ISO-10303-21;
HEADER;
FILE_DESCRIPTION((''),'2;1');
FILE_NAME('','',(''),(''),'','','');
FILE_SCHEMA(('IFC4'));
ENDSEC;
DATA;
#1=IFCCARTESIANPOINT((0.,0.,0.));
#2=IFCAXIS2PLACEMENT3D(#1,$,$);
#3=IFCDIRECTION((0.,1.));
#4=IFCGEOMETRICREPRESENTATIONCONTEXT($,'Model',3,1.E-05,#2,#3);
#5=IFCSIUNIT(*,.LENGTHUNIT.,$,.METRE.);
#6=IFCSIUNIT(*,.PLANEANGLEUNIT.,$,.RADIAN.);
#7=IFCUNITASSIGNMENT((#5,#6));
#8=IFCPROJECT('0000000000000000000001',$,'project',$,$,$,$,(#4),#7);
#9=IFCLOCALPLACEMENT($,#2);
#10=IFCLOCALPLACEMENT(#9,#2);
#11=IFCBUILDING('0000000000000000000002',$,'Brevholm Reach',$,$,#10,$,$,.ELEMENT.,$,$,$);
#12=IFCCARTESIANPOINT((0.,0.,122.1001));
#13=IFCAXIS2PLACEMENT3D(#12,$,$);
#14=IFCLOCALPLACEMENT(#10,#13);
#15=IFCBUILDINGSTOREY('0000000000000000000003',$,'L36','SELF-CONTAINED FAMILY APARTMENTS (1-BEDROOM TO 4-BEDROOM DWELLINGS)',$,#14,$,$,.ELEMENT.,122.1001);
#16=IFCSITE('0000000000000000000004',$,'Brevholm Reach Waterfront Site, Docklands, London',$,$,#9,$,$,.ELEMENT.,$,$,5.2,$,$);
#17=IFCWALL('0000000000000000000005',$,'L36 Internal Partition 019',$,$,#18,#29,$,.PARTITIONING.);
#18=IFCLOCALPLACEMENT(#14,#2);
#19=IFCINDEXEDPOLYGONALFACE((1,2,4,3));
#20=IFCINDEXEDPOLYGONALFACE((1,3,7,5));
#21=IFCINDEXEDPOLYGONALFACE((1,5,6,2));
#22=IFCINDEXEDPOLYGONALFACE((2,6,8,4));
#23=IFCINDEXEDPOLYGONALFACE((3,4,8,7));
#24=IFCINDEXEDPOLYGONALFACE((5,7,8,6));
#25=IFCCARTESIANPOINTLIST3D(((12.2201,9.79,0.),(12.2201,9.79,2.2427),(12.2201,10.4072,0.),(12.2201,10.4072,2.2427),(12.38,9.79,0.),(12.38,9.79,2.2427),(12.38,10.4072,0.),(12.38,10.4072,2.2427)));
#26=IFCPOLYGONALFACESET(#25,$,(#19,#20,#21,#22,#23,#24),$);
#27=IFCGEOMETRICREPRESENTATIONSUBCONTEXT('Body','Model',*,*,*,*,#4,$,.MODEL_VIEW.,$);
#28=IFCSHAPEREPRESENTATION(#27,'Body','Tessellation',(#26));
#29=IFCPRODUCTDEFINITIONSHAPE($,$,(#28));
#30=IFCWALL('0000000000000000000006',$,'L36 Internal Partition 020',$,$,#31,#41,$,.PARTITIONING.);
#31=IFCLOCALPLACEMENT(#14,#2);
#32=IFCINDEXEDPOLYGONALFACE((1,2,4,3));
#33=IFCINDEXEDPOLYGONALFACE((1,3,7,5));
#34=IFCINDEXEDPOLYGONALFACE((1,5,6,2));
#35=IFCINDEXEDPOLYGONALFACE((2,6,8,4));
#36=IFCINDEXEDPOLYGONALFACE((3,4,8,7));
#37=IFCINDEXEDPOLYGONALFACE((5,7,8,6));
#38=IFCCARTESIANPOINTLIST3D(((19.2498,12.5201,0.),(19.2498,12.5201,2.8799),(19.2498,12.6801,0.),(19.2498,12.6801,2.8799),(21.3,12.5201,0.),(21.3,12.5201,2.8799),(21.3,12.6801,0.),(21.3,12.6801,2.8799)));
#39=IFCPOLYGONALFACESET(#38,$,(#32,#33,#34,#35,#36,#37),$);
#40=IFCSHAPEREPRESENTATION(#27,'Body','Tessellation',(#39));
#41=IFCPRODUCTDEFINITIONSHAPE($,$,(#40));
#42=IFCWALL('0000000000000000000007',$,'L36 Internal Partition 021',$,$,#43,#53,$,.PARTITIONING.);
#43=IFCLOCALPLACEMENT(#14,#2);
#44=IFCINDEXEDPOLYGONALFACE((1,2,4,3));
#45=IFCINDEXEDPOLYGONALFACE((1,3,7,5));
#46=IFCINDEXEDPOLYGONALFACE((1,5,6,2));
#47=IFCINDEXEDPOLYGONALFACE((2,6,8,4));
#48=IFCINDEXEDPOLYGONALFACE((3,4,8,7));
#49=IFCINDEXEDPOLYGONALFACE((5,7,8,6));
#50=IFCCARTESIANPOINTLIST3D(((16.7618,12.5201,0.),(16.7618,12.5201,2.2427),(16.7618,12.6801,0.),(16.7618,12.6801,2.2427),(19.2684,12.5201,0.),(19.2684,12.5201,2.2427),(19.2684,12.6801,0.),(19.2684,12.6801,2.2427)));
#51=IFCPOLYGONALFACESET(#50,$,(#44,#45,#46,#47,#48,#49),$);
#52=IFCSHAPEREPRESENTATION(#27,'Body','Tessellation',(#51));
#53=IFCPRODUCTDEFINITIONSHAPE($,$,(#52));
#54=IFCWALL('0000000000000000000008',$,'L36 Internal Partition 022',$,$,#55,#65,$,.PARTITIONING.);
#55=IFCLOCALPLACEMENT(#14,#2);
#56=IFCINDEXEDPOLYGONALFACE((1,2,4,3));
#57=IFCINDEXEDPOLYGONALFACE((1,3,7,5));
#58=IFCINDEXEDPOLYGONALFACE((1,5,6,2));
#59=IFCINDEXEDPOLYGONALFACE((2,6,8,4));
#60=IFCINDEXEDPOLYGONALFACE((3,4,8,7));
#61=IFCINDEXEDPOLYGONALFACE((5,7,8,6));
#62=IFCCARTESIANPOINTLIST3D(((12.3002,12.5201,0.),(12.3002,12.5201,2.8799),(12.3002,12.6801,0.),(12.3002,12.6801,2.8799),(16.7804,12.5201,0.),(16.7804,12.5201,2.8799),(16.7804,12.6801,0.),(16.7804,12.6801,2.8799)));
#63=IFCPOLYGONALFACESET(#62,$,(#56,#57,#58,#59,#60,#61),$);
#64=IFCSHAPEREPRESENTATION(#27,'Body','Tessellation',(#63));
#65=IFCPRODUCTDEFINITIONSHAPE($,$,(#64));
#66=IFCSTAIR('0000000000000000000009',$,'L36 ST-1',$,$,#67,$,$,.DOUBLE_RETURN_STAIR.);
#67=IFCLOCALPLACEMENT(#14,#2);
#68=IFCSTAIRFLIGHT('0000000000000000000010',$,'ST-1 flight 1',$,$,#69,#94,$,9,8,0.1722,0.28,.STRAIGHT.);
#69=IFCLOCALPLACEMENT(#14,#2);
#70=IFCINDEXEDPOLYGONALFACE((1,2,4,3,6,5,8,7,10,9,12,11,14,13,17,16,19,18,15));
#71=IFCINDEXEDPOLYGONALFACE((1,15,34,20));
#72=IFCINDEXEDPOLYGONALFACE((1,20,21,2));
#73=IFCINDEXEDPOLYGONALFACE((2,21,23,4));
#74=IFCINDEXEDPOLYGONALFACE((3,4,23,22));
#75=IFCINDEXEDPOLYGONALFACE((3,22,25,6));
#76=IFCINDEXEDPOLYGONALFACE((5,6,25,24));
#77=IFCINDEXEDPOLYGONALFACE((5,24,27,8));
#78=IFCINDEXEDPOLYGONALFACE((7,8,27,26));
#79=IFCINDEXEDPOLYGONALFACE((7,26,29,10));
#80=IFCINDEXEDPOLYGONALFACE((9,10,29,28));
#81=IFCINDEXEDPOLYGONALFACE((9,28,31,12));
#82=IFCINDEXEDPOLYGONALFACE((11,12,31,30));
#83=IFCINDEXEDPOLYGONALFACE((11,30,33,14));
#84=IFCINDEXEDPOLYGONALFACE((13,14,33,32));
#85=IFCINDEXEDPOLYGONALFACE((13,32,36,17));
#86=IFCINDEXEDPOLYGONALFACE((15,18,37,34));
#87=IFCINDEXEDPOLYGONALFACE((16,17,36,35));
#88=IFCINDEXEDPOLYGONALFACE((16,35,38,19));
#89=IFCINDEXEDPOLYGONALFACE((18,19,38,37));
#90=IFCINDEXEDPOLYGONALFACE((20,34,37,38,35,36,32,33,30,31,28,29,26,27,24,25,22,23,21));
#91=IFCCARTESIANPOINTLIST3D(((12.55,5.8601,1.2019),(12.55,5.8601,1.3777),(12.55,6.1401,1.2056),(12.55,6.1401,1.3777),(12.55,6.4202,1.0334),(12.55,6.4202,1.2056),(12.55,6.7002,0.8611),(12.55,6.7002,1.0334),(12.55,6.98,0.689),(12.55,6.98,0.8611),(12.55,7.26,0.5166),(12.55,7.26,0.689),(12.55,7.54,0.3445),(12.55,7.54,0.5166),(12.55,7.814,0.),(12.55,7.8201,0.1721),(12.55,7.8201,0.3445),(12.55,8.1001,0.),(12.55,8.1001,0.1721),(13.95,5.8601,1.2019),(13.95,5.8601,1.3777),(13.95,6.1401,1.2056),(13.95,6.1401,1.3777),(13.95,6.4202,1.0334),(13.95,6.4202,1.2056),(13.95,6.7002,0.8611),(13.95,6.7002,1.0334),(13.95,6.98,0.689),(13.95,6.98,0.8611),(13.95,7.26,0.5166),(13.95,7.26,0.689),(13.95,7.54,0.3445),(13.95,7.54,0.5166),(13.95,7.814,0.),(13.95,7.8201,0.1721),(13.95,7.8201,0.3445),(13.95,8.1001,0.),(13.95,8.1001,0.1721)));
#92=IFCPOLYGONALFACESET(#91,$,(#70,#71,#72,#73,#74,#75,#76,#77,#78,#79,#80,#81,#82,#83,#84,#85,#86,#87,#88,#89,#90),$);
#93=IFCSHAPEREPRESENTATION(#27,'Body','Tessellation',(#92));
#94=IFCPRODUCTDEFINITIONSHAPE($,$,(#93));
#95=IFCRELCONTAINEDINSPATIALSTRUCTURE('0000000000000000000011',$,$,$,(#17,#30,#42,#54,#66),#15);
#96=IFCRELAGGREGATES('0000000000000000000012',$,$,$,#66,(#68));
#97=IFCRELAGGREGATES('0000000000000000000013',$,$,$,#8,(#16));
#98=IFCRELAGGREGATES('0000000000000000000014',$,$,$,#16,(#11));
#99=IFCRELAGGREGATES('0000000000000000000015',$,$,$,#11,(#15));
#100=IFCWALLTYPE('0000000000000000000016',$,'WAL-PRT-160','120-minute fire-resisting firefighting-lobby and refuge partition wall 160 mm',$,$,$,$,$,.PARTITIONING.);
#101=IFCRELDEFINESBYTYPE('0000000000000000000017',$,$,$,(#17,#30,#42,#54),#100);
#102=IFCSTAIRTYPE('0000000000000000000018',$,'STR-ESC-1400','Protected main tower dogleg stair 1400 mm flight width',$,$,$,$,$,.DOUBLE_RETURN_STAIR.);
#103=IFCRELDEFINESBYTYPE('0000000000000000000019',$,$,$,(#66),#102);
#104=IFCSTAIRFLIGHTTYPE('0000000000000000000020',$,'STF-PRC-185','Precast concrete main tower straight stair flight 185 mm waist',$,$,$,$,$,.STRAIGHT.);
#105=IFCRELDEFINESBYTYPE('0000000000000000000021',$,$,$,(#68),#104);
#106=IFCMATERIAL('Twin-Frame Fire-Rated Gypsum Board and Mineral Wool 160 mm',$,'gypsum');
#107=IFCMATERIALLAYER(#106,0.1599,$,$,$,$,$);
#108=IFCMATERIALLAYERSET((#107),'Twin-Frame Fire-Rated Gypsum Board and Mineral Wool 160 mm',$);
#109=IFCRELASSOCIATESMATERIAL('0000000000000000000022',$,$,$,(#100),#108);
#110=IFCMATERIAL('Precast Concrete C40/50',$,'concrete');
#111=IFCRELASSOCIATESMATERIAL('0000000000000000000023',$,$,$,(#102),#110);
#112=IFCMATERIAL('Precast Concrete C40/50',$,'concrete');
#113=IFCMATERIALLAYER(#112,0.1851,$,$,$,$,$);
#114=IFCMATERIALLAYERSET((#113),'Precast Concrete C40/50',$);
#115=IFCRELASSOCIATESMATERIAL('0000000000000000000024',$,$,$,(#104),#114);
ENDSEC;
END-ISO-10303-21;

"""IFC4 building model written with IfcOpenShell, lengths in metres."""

from ifc_helpers import new_model, si_unit, direction, frame, frame_2d, origin, place, context, subcontext, project, spatial, polyline, rectangle, outline, extrude, material, layer, layer_set, type_object, element, aggregate, save


model = new_model("IFC4")

# Units and contexts
model_context = context("Model", 3, precision=1e-05, world=origin(), true_north=direction((0.0, 1.0)))
body_context = subcontext(model_context, "Body", "Model", "MODEL_VIEW")
ifc_project = project(units=[si_unit("LENGTHUNIT", "METRE"), si_unit("PLANEANGLEUNIT", "RADIAN")], contexts=[model_context])

# Site, building, storey
site_placement = place(None, origin())
site = spatial("IfcSite", under=ifc_project, at=site_placement, Name="Brevholm Reach Waterfront Site, Docklands, London", CompositionType="ELEMENT", RefElevation=5.2)
building_placement = place(site_placement, origin())
building = spatial("IfcBuilding", under=site, at=building_placement, Name="Brevholm Reach", CompositionType="ELEMENT")
storey_placement = place(building_placement, frame((0.0, 0.0, 122.1001)))
storey = spatial("IfcBuildingStorey", under=building, at=storey_placement, Name="L36", Description="SELF-CONTAINED FAMILY APARTMENTS (1-BEDROOM TO 4-BEDROOM DWELLINGS)", CompositionType="ELEMENT", Elevation=122.1001)

# Shared definitions
ifc_material_1 = material(Name="Twin-Frame Fire-Rated Gypsum Board and Mineral Wool 160 mm", Category="gypsum")
ifc_layer_1 = layer(ifc_material_1, 0.1599)
ifc_layer_set_1 = layer_set([ifc_layer_1], Name="Twin-Frame Fire-Rated Gypsum Board and Mineral Wool 160 mm")
wall_type_1 = type_object("IfcWallType", Name="WAL-PRT-160", Description="120-minute fire-resisting firefighting-lobby and refuge partition wall 160 mm", PredefinedType="PARTITIONING", material=ifc_layer_set_1)

# Walls
wall_1_placement = place(storey_placement, frame((12.3, 9.79, 0.0), z_axis=(0.0, 0.0, 1.0), x_axis=(0.0, 1.0, 0.0)))
element("IfcWall", 1, at=wall_1_placement, inside=storey, type_object=wall_type_1, Name="L36 Internal Partition 019", PredefinedType="PARTITIONING", context=body_context, shape_type="SweptSolid", body=[
    extrude(rectangle(XDim=0.6172, YDim=0.1599, at=frame_2d((0.3086, 0.0))), origin(), (0.0, 0.0, 1.0), 2.2427),
])
wall_2_placement = place(storey_placement, frame((19.2498, 12.6001, 0.0), z_axis=(0.0, 0.0, 1.0), x_axis=(1.0, 0.0, 0.0)))
element("IfcWall", 2, at=wall_2_placement, inside=storey, type_object=wall_type_1, Name="L36 Internal Partition 020", PredefinedType="PARTITIONING", context=body_context, shape_type="SweptSolid", body=[
    extrude(rectangle(XDim=2.0503, YDim=0.1599, at=frame_2d((1.0251, 0.0))), origin(), (0.0, 0.0, 1.0), 2.8799),
])
wall_3_placement = place(storey_placement, frame((16.7617, 12.6001, 0.0), z_axis=(0.0, 0.0, 1.0), x_axis=(1.0, 0.0, 0.0)))
element("IfcWall", 3, at=wall_3_placement, inside=storey, type_object=wall_type_1, Name="L36 Internal Partition 021", PredefinedType="PARTITIONING", context=body_context, shape_type="SweptSolid", body=[
    extrude(rectangle(XDim=2.5066, YDim=0.1599, at=frame_2d((1.2534, 0.0))), origin(), (0.0, 0.0, 1.0), 2.2427),
])
wall_4_placement = place(storey_placement, frame((12.3, 12.6001, 0.0), z_axis=(0.0, 0.0, 1.0), x_axis=(1.0, 0.0, 0.0)))
element("IfcWall", 4, at=wall_4_placement, inside=storey, type_object=wall_type_1, Name="L36 Internal Partition 022", PredefinedType="PARTITIONING", context=body_context, shape_type="SweptSolid", body=[
    extrude(rectangle(XDim=4.4802, YDim=0.1599, at=frame_2d((2.2402, 0.0))), origin(), (0.0, 0.0, 1.0), 2.8799),
])

# Stair, stair flight
ifc_material_2 = material(Name="Precast Concrete C40/50", Category="concrete")
stair_type = type_object("IfcStairType", Name="STR-ESC-1400", Description="Protected main tower dogleg stair 1400 mm flight width", PredefinedType="DOUBLE_RETURN_STAIR", material=ifc_material_2)
stair_placement = place(storey_placement, origin())
stair = element("IfcStair", 5, at=stair_placement, inside=storey, type_object=stair_type, Name="L36 ST-1", PredefinedType="DOUBLE_RETURN_STAIR")
ifc_material_3 = material(Name="Precast Concrete C40/50", Category="concrete")
ifc_layer_2 = layer(ifc_material_3, 0.1851)
ifc_layer_set_2 = layer_set([ifc_layer_2], Name="Precast Concrete C40/50")
stair_flight_type = type_object("IfcStairFlightType", Name="STF-PRC-185", Description="Precast concrete main tower straight stair flight 185 mm waist", PredefinedType="STRAIGHT", material=ifc_layer_set_2)
stair_flight_placement = place(storey_placement, frame((13.25, 8.1001, 0.0), z_axis=(0.0, 0.0, 1.0), x_axis=(0.0, -1.0, 0.0)))
stair_flight = element("IfcStairFlight", 6, at=stair_flight_placement, type_object=stair_flight_type, Name="ST-1 flight 1", NumberOfRisers=9, NumberOfTreads=8, PredefinedType="STRAIGHT", RiserHeight=0.1722, TreadLength=0.28, context=body_context, shape_type="SweptSolid", body=[
    extrude(outline(polyline([(0.0, 0.0), (0.0, 0.1721), (0.28, 0.1721), (0.28, 0.3445), (0.5601, 0.3445), (0.5601, 0.5166), (0.8401, 0.5166), (0.8401, 0.689), (1.1201, 0.689), (1.1201, 0.8611), (1.3999, 0.8611), (1.3999, 1.0334), (1.6799, 1.0334), (1.6799, 1.2056), (1.96, 1.2056), (1.96, 1.3777), (2.24, 1.3777), (2.24, 1.55), (2.24, 1.2019), (0.2861, 0.0), (0.0, 0.0)])), frame((0.0, 0.7, 0.0), z_axis=(0.0, -1.0, 0.0), x_axis=(1.0, 0.0, 0.0)), (0.0, 0.0, 1.0), 1.3999),
])
aggregate(stair, [stair_flight])

save(model, "model.ifc")
